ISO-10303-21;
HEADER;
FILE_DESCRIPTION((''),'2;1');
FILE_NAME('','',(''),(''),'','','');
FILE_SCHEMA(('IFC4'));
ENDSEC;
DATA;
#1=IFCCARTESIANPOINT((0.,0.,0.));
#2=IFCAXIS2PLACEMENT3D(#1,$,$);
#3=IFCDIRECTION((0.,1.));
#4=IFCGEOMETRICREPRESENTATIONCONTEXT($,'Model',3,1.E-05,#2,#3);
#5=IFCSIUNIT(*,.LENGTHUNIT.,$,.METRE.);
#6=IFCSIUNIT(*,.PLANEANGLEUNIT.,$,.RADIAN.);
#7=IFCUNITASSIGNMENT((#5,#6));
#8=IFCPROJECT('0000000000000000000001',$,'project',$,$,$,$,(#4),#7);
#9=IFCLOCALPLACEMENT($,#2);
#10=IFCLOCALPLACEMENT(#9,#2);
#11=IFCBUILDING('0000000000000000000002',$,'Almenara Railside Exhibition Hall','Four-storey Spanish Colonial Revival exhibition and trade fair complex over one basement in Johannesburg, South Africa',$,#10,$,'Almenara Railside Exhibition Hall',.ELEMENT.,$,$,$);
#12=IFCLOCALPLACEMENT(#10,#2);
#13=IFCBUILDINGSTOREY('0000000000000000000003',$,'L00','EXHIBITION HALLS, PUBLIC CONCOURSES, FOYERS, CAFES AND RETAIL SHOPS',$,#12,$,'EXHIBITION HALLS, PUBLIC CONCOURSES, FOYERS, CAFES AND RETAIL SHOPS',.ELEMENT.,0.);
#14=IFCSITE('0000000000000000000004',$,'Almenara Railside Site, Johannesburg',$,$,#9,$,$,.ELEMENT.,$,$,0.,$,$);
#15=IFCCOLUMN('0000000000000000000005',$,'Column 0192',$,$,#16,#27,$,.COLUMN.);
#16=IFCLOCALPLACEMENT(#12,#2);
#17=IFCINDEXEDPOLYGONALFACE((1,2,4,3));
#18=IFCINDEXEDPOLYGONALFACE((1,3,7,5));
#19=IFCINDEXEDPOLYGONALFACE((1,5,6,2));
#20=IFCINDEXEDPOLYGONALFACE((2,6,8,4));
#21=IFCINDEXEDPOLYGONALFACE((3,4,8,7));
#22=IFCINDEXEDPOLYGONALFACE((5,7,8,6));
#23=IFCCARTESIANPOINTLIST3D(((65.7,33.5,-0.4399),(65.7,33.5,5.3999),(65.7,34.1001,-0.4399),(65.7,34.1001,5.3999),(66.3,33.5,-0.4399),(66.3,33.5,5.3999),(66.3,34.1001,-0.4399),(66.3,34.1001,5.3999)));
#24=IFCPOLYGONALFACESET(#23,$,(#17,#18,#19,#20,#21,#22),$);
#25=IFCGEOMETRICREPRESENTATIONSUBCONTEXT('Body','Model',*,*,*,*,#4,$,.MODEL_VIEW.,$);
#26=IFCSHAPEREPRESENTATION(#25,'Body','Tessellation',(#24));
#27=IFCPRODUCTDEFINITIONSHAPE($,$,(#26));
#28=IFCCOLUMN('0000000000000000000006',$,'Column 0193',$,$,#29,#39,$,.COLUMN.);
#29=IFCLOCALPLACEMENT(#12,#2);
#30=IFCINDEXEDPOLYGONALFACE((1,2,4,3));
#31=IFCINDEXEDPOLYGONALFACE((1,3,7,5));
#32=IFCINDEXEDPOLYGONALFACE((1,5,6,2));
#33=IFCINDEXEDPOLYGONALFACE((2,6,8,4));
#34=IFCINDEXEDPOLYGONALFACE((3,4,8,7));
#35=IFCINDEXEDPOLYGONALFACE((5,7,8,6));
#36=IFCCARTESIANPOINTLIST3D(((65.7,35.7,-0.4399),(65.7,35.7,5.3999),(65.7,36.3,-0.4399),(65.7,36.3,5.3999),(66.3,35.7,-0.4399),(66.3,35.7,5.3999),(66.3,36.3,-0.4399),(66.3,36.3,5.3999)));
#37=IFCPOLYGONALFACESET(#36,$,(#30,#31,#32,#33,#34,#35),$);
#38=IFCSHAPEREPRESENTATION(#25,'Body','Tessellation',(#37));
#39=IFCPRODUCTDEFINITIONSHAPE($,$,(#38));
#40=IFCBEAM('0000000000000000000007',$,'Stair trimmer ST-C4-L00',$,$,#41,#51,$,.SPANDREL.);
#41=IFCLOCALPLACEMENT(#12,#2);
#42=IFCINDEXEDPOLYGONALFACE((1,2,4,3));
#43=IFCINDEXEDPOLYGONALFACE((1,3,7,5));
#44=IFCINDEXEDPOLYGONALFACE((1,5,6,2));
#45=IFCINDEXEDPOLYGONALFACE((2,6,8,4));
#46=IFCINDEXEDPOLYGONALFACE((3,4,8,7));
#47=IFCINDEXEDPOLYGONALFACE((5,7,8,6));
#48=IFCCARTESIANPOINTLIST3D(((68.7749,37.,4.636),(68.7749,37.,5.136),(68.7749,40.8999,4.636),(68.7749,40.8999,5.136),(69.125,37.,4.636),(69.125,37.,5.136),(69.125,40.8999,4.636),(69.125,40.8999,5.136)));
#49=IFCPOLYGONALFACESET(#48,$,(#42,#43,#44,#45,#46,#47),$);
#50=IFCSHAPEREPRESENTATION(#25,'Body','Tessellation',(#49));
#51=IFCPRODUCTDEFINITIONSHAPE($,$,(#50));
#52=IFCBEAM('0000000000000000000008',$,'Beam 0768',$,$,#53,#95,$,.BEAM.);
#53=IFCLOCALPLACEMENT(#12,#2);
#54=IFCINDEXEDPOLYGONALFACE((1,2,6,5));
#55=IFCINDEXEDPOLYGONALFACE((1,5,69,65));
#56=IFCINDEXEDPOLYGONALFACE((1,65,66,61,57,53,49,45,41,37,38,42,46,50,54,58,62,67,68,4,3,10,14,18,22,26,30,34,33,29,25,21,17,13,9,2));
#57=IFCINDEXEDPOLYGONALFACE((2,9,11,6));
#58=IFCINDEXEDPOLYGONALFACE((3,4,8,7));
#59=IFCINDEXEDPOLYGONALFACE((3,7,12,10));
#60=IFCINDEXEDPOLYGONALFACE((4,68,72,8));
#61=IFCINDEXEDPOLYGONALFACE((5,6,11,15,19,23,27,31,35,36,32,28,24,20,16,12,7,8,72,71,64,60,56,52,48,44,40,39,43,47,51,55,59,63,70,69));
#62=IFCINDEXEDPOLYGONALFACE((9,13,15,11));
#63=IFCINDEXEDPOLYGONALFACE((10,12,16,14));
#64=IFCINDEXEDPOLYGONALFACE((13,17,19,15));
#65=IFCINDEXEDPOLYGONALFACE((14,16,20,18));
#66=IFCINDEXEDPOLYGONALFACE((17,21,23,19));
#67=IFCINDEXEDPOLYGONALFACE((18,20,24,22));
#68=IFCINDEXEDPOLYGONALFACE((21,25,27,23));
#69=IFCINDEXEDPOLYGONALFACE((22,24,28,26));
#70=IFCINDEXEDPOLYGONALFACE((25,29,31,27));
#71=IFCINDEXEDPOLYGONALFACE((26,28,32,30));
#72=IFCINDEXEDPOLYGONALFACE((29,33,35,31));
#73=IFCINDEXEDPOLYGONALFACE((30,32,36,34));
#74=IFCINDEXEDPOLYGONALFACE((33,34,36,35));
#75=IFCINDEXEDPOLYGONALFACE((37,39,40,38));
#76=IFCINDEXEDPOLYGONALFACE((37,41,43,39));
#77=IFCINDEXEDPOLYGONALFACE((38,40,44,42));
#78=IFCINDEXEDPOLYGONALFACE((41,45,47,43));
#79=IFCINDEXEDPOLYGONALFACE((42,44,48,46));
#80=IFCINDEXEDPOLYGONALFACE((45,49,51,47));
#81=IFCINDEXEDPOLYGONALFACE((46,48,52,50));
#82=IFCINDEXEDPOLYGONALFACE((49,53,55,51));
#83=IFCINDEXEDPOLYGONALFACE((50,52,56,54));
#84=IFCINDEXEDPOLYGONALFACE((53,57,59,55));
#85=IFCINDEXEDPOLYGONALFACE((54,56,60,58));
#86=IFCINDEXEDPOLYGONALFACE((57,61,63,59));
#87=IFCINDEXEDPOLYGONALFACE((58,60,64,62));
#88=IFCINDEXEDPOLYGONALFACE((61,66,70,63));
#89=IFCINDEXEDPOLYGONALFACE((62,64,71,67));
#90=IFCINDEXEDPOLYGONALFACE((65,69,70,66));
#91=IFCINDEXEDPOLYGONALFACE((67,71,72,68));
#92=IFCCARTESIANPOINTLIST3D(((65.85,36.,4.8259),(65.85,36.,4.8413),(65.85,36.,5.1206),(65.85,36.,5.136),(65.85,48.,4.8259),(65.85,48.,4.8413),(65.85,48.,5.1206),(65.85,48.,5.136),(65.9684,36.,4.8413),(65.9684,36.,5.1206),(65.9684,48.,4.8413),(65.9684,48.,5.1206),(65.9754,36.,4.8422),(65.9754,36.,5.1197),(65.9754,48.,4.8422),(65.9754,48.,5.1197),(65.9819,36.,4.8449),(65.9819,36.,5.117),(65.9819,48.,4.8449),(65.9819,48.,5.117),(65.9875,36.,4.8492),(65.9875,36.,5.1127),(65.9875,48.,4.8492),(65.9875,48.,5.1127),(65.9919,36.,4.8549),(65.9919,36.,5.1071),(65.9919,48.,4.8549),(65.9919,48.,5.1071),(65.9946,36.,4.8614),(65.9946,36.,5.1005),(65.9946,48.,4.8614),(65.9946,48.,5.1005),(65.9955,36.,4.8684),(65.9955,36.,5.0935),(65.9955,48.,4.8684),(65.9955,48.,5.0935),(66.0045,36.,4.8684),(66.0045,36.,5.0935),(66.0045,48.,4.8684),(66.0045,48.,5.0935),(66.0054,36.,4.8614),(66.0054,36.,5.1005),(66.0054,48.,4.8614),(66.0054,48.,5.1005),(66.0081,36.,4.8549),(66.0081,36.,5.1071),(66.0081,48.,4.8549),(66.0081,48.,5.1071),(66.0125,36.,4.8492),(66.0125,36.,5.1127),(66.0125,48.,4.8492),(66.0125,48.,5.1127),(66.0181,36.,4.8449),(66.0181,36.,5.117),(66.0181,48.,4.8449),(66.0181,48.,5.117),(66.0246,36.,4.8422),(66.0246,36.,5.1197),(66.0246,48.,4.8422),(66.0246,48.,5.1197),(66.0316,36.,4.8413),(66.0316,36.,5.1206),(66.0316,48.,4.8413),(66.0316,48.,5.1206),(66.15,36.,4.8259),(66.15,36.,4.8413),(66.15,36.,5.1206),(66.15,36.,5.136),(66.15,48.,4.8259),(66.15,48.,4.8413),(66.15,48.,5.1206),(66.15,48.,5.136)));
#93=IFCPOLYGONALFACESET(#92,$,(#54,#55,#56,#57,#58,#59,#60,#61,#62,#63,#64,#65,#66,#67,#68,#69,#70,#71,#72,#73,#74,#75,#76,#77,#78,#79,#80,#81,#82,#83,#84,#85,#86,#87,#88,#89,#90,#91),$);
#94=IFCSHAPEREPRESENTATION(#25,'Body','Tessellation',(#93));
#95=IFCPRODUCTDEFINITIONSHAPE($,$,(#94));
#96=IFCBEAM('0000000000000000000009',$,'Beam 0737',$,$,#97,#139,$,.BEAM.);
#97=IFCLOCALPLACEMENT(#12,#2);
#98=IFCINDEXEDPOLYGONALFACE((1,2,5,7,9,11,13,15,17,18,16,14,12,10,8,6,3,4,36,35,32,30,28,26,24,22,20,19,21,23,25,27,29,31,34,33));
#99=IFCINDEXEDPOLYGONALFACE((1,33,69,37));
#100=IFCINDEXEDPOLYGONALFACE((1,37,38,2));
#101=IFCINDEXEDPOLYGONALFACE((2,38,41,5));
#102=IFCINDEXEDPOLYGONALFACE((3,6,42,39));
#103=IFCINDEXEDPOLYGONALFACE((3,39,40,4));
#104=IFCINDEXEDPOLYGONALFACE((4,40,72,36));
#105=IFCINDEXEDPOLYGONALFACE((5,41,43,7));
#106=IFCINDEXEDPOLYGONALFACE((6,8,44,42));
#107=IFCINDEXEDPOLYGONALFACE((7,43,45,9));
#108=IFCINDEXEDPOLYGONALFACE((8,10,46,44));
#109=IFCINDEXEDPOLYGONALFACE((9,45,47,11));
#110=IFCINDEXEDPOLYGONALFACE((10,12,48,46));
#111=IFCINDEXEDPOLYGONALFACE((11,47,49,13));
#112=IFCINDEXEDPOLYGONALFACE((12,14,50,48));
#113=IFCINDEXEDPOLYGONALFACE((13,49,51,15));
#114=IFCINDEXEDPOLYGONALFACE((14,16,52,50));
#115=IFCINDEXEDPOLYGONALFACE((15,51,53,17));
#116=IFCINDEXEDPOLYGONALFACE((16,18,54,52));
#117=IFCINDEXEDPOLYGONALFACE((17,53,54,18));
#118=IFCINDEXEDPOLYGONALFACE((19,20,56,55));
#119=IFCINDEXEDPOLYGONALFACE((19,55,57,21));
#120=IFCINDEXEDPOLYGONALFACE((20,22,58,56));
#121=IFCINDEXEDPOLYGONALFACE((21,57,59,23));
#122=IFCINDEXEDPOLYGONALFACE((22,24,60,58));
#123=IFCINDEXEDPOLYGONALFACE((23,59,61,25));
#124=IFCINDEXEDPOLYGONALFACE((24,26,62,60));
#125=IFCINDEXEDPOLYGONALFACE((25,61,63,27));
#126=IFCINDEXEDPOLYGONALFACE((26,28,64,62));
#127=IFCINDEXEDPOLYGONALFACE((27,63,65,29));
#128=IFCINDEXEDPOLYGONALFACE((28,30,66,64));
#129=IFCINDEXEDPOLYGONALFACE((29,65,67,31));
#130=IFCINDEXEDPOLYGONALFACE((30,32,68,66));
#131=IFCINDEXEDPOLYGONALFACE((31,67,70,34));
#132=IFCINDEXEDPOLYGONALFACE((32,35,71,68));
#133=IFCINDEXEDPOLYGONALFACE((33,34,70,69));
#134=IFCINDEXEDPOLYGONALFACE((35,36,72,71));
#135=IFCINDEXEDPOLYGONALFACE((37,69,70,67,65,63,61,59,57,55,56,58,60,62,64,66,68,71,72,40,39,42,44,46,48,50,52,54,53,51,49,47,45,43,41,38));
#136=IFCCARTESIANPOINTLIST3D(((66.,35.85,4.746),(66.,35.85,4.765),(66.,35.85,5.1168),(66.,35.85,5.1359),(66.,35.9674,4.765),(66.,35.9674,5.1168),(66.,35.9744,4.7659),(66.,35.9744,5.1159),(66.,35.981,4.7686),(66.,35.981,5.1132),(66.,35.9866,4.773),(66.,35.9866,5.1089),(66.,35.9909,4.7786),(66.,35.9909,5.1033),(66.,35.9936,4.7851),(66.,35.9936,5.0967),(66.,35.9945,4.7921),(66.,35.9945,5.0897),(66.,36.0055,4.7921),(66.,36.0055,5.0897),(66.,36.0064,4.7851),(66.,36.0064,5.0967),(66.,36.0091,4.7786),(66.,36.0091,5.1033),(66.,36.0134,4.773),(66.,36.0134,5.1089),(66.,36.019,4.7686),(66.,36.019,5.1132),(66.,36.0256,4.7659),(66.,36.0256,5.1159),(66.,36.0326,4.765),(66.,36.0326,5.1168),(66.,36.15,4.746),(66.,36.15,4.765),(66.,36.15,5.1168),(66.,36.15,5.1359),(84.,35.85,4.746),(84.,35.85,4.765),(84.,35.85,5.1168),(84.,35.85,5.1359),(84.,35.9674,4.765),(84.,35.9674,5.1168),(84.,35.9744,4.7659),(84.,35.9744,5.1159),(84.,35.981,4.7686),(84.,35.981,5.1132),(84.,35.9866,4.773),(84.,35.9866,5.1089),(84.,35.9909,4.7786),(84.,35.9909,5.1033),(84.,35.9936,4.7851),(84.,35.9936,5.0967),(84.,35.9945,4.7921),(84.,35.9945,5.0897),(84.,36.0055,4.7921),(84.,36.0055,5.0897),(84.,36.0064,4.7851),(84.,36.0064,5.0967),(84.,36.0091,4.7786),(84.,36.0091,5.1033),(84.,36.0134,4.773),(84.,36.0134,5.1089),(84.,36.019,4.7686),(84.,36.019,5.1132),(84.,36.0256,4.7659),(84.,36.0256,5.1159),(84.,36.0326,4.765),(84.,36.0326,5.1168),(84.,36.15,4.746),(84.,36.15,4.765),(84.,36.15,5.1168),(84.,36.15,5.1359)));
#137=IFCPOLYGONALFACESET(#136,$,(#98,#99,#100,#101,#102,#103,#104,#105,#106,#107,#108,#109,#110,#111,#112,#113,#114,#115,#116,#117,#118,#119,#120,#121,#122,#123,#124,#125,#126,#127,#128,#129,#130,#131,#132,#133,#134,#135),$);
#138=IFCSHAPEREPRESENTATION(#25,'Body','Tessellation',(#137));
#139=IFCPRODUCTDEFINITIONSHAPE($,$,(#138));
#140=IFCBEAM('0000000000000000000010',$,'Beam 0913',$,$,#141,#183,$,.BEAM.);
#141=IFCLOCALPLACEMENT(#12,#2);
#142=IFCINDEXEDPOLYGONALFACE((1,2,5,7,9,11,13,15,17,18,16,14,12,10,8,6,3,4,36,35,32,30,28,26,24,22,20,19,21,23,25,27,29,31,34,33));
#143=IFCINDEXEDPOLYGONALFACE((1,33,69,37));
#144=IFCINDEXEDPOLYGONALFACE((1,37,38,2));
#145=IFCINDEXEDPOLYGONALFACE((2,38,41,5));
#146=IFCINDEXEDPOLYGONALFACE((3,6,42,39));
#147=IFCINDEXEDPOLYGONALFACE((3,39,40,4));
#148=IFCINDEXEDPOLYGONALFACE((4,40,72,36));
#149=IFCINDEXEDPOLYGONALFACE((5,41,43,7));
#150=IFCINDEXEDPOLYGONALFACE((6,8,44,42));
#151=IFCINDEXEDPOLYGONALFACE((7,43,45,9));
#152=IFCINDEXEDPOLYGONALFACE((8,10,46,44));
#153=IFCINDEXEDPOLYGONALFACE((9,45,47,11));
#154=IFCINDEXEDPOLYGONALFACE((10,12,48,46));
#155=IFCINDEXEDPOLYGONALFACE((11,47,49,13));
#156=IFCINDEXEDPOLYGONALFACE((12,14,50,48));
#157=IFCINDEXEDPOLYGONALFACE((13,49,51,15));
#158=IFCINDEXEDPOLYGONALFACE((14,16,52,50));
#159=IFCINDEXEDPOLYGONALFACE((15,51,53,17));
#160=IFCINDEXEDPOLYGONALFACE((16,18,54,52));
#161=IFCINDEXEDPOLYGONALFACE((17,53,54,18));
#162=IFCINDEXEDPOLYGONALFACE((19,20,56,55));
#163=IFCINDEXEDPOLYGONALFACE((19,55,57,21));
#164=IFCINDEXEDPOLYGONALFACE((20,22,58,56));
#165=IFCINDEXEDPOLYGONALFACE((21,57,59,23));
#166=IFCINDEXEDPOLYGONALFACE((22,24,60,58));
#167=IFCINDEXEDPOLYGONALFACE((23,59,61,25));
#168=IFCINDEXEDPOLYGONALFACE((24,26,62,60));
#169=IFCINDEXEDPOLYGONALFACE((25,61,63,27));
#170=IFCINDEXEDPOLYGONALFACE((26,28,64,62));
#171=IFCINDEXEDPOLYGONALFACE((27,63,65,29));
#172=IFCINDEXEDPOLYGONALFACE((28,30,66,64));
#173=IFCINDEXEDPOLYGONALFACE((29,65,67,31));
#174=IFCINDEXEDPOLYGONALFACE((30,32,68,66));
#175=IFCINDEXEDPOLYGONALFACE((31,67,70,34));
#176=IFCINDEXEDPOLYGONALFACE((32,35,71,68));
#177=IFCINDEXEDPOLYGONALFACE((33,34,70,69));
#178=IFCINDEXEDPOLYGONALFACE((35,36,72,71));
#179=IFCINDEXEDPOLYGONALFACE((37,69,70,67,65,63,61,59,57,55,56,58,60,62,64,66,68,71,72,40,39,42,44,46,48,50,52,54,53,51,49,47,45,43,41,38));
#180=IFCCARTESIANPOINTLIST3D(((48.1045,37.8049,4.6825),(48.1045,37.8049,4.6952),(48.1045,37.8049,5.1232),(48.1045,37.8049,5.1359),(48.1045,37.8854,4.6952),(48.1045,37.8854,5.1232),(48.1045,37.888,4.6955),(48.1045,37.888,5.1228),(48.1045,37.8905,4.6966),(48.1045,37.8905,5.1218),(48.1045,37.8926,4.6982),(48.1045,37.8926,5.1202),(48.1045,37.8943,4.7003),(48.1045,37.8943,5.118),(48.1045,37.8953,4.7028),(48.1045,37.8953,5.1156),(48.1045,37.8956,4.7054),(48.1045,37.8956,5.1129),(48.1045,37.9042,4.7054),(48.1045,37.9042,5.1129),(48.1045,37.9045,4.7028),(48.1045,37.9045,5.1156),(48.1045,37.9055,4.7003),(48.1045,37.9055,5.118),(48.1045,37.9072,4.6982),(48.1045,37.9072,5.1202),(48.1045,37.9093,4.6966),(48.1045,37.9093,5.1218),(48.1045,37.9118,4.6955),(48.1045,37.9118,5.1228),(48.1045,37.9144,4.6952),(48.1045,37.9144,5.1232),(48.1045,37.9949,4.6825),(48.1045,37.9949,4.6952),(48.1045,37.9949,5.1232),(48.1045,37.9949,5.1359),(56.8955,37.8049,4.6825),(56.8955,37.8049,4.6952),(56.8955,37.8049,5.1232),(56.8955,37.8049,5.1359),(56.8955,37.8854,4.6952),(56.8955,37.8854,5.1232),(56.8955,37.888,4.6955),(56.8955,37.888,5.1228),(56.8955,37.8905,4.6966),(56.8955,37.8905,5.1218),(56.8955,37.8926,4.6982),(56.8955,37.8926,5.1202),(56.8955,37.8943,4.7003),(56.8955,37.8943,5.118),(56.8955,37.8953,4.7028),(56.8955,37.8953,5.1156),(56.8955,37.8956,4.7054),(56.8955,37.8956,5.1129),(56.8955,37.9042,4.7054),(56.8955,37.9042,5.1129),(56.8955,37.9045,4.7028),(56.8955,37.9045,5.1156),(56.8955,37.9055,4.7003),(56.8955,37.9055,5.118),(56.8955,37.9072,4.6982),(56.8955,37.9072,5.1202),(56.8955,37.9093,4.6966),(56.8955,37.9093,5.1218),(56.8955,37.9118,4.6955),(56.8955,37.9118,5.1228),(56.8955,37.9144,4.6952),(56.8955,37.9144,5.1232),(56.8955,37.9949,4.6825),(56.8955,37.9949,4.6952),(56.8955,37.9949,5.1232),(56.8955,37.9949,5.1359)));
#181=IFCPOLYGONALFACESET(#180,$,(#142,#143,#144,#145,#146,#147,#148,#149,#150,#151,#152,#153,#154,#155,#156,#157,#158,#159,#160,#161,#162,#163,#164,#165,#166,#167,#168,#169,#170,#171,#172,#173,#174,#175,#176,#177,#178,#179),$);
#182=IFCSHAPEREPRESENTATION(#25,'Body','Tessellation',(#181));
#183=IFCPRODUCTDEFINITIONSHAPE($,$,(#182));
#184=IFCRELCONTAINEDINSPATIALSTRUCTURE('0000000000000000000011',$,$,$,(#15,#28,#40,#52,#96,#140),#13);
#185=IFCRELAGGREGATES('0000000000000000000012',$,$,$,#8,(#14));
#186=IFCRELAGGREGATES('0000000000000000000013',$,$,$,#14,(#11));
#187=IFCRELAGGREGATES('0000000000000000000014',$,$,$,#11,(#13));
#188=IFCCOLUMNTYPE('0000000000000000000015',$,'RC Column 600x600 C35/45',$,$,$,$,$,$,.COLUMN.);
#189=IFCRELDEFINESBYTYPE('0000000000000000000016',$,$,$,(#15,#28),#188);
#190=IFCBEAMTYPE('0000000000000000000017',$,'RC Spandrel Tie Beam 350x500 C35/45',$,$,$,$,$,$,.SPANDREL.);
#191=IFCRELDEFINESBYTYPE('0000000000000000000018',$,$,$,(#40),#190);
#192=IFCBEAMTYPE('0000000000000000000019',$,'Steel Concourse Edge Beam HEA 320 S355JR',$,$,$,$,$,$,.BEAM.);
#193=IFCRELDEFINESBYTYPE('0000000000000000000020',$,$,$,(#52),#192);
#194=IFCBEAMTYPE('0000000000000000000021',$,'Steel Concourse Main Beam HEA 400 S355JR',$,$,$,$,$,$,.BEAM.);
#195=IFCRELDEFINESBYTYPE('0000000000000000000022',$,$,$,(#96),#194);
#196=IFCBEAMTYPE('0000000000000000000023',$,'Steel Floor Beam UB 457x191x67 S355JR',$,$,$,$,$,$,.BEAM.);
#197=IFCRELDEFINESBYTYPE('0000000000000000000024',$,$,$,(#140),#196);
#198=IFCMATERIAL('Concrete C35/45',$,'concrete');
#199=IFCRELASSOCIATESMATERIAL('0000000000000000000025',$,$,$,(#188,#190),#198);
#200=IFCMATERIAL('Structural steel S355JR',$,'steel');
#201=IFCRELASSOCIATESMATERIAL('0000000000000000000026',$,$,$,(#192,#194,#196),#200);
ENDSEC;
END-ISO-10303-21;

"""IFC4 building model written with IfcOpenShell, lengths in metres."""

from ifc_helpers import new_model, si_unit, direction, frame, origin, origin_2d, place, context, subcontext, project, spatial, rectangle, i_section, extrude, material, material_profile, profile_set, type_object, element, save


model = new_model("IFC4")

# Units and contexts
model_context = context("Model", 3, precision=1e-05, world=origin(), true_north=direction((0.0, 1.0)))
body_context = subcontext(model_context, "Body", "Model", "MODEL_VIEW")
ifc_project = project(units=[si_unit("LENGTHUNIT", "METRE"), si_unit("PLANEANGLEUNIT", "RADIAN")], contexts=[model_context])

# Site, building, storey
site_placement = place(None, origin())
site = spatial("IfcSite", under=ifc_project, at=site_placement, Name="Almenara Railside Site, Johannesburg", CompositionType="ELEMENT", RefElevation=0.0)
building_placement = place(site_placement, origin())
building = spatial("IfcBuilding", under=site, at=building_placement, Name="Almenara Railside Exhibition Hall", Description="Four-storey Spanish Colonial Revival exhibition and trade fair complex over one basement in Johannesburg, South Africa", LongName="Almenara Railside Exhibition Hall", CompositionType="ELEMENT")
storey_placement = place(building_placement, origin())
storey = spatial("IfcBuildingStorey", under=building, at=storey_placement, Name="L00", Description="EXHIBITION HALLS, PUBLIC CONCOURSES, FOYERS, CAFES AND RETAIL SHOPS", LongName="EXHIBITION HALLS, PUBLIC CONCOURSES, FOYERS, CAFES AND RETAIL SHOPS", CompositionType="ELEMENT", Elevation=0.0)

# Columns
ifc_material_1 = material(Name="Concrete C35/45", Category="concrete")
ifc_material_profile_1 = material_profile(ifc_material_1, rectangle(XDim=0.6001, YDim=0.6001, at=origin_2d()), Name="RC 600x600")
ifc_profile_set_1 = profile_set([ifc_material_profile_1], Name="Concrete C35/45")
column_type = type_object("IfcColumnType", Name="RC Column 600x600 C35/45", PredefinedType="COLUMN", material=ifc_profile_set_1)
for number, where, z_axis, x_axis, name in (
    (1, (66.0, 33.8, -0.4399), (0.0, 0.0, 1.0), (1.0, 0.0, 0.0), "Column 0192"),
    (2, (66.0, 36.0, -0.4399), (0.0, 0.0, 1.0), (1.0, 0.0, 0.0), "Column 0193"),
):
    element("IfcColumn", number, at=place(storey_placement, frame(where, z_axis=z_axis, x_axis=x_axis)), inside=storey, type_object=column_type, Name=name, PredefinedType="COLUMN", context=body_context, shape_type="SweptSolid", body=[
        extrude(rectangle(XDim=0.6001, YDim=0.6001, at=origin_2d()), origin(), (0.0, 0.0, 1.0), 5.8398),
    ])

# Beams
ifc_material_profile_2 = material_profile(ifc_material_1, rectangle(XDim=0.3501, YDim=0.5, at=origin_2d()), Name="RC 350x500")
ifc_profile_set_2 = profile_set([ifc_material_profile_2], Name="Concrete C35/45")
beam_type_1 = type_object("IfcBeamType", Name="RC Spandrel Tie Beam 350x500 C35/45", PredefinedType="SPANDREL", material=ifc_profile_set_2)
beam_1_placement = place(storey_placement, frame((68.95, 37.0, 4.886), z_axis=(0.0, 1.0, 0.0), x_axis=(-1.0, 0.0, 0.0)))
element("IfcBeam", 3, at=beam_1_placement, inside=storey, type_object=beam_type_1, Name="Stair trimmer ST-C4-L00", PredefinedType="SPANDREL", context=body_context, shape_type="SweptSolid", body=[
    extrude(rectangle(XDim=0.3501, YDim=0.5, at=origin_2d()), origin(), (0.0, 0.0, 1.0), 3.8999),
])
ifc_material_2 = material(Name="Structural steel S355JR", Category="steel")
ifc_material_profile_3 = material_profile(ifc_material_2, i_section(OverallWidth=0.3, OverallDepth=0.3101, WebThickness=0.009, FlangeThickness=0.0154, FilletRadius=0.0271, at=origin_2d()), Name="HEA 320")
ifc_profile_set_3 = profile_set([ifc_material_profile_3], Name="Structural steel S355JR")
beam_type_2 = type_object("IfcBeamType", Name="Steel Concourse Edge Beam HEA 320 S355JR", PredefinedType="BEAM", material=ifc_profile_set_3)
beam_2_placement = place(storey_placement, frame((66.0, 36.0, 4.981), z_axis=(0.0, 1.0, 0.0), x_axis=(-1.0, 0.0, 0.0)))
element("IfcBeam", 4, at=beam_2_placement, inside=storey, type_object=beam_type_2, Name="Beam 0768", PredefinedType="BEAM", context=body_context, shape_type="SweptSolid", body=[
    extrude(i_section(OverallWidth=0.3, OverallDepth=0.3101, WebThickness=0.009, FlangeThickness=0.0154, FilletRadius=0.0271, at=origin_2d()), origin(), (0.0, 0.0, 1.0), 12.0),
])
ifc_material_profile_4 = material_profile(ifc_material_2, i_section(OverallWidth=0.3, OverallDepth=0.3899, WebThickness=0.011, FlangeThickness=0.019, FilletRadius=0.0271, at=origin_2d()), Name="HEA 400")
ifc_profile_set_4 = profile_set([ifc_material_profile_4], Name="Structural steel S355JR")
beam_type_3 = type_object("IfcBeamType", Name="Steel Concourse Main Beam HEA 400 S355JR", PredefinedType="BEAM", material=ifc_profile_set_4)
beam_3_placement = place(storey_placement, frame((66.0, 36.0, 4.9409), z_axis=(1.0, 0.0, 0.0), x_axis=(0.0, 1.0, 0.0)))
element("IfcBeam", 5, at=beam_3_placement, inside=storey, type_object=beam_type_3, Name="Beam 0737", PredefinedType="BEAM", context=body_context, shape_type="SweptSolid", body=[
    extrude(i_section(OverallWidth=0.3, OverallDepth=0.3899, WebThickness=0.011, FlangeThickness=0.019, FilletRadius=0.0271, at=origin_2d()), origin(), (0.0, 0.0, 1.0), 18.0),
])
ifc_material_profile_5 = material_profile(ifc_material_2, i_section(OverallWidth=0.1899, OverallDepth=0.4534, WebThickness=0.0085, FlangeThickness=0.0127, FilletRadius=0.0103, at=origin_2d()), Name="UB 457x191x67")
ifc_profile_set_5 = profile_set([ifc_material_profile_5], Name="Structural steel S355JR")
beam_type_4 = type_object("IfcBeamType", Name="Steel Floor Beam UB 457x191x67 S355JR", PredefinedType="BEAM", material=ifc_profile_set_5)
beam_4_placement = place(storey_placement, frame((48.1045, 37.8999, 4.9092), z_axis=(1.0, 0.0, 0.0), x_axis=(0.0, 1.0, 0.0)))
element("IfcBeam", 6, at=beam_4_placement, inside=storey, type_object=beam_type_4, Name="Beam 0913", PredefinedType="BEAM", context=body_context, shape_type="SweptSolid", body=[
    extrude(i_section(OverallWidth=0.1899, OverallDepth=0.4534, WebThickness=0.0085, FlangeThickness=0.0127, FilletRadius=0.0103, at=origin_2d()), origin(), (0.0, 0.0, 1.0), 8.791),
])

save(model, "model.ifc")
